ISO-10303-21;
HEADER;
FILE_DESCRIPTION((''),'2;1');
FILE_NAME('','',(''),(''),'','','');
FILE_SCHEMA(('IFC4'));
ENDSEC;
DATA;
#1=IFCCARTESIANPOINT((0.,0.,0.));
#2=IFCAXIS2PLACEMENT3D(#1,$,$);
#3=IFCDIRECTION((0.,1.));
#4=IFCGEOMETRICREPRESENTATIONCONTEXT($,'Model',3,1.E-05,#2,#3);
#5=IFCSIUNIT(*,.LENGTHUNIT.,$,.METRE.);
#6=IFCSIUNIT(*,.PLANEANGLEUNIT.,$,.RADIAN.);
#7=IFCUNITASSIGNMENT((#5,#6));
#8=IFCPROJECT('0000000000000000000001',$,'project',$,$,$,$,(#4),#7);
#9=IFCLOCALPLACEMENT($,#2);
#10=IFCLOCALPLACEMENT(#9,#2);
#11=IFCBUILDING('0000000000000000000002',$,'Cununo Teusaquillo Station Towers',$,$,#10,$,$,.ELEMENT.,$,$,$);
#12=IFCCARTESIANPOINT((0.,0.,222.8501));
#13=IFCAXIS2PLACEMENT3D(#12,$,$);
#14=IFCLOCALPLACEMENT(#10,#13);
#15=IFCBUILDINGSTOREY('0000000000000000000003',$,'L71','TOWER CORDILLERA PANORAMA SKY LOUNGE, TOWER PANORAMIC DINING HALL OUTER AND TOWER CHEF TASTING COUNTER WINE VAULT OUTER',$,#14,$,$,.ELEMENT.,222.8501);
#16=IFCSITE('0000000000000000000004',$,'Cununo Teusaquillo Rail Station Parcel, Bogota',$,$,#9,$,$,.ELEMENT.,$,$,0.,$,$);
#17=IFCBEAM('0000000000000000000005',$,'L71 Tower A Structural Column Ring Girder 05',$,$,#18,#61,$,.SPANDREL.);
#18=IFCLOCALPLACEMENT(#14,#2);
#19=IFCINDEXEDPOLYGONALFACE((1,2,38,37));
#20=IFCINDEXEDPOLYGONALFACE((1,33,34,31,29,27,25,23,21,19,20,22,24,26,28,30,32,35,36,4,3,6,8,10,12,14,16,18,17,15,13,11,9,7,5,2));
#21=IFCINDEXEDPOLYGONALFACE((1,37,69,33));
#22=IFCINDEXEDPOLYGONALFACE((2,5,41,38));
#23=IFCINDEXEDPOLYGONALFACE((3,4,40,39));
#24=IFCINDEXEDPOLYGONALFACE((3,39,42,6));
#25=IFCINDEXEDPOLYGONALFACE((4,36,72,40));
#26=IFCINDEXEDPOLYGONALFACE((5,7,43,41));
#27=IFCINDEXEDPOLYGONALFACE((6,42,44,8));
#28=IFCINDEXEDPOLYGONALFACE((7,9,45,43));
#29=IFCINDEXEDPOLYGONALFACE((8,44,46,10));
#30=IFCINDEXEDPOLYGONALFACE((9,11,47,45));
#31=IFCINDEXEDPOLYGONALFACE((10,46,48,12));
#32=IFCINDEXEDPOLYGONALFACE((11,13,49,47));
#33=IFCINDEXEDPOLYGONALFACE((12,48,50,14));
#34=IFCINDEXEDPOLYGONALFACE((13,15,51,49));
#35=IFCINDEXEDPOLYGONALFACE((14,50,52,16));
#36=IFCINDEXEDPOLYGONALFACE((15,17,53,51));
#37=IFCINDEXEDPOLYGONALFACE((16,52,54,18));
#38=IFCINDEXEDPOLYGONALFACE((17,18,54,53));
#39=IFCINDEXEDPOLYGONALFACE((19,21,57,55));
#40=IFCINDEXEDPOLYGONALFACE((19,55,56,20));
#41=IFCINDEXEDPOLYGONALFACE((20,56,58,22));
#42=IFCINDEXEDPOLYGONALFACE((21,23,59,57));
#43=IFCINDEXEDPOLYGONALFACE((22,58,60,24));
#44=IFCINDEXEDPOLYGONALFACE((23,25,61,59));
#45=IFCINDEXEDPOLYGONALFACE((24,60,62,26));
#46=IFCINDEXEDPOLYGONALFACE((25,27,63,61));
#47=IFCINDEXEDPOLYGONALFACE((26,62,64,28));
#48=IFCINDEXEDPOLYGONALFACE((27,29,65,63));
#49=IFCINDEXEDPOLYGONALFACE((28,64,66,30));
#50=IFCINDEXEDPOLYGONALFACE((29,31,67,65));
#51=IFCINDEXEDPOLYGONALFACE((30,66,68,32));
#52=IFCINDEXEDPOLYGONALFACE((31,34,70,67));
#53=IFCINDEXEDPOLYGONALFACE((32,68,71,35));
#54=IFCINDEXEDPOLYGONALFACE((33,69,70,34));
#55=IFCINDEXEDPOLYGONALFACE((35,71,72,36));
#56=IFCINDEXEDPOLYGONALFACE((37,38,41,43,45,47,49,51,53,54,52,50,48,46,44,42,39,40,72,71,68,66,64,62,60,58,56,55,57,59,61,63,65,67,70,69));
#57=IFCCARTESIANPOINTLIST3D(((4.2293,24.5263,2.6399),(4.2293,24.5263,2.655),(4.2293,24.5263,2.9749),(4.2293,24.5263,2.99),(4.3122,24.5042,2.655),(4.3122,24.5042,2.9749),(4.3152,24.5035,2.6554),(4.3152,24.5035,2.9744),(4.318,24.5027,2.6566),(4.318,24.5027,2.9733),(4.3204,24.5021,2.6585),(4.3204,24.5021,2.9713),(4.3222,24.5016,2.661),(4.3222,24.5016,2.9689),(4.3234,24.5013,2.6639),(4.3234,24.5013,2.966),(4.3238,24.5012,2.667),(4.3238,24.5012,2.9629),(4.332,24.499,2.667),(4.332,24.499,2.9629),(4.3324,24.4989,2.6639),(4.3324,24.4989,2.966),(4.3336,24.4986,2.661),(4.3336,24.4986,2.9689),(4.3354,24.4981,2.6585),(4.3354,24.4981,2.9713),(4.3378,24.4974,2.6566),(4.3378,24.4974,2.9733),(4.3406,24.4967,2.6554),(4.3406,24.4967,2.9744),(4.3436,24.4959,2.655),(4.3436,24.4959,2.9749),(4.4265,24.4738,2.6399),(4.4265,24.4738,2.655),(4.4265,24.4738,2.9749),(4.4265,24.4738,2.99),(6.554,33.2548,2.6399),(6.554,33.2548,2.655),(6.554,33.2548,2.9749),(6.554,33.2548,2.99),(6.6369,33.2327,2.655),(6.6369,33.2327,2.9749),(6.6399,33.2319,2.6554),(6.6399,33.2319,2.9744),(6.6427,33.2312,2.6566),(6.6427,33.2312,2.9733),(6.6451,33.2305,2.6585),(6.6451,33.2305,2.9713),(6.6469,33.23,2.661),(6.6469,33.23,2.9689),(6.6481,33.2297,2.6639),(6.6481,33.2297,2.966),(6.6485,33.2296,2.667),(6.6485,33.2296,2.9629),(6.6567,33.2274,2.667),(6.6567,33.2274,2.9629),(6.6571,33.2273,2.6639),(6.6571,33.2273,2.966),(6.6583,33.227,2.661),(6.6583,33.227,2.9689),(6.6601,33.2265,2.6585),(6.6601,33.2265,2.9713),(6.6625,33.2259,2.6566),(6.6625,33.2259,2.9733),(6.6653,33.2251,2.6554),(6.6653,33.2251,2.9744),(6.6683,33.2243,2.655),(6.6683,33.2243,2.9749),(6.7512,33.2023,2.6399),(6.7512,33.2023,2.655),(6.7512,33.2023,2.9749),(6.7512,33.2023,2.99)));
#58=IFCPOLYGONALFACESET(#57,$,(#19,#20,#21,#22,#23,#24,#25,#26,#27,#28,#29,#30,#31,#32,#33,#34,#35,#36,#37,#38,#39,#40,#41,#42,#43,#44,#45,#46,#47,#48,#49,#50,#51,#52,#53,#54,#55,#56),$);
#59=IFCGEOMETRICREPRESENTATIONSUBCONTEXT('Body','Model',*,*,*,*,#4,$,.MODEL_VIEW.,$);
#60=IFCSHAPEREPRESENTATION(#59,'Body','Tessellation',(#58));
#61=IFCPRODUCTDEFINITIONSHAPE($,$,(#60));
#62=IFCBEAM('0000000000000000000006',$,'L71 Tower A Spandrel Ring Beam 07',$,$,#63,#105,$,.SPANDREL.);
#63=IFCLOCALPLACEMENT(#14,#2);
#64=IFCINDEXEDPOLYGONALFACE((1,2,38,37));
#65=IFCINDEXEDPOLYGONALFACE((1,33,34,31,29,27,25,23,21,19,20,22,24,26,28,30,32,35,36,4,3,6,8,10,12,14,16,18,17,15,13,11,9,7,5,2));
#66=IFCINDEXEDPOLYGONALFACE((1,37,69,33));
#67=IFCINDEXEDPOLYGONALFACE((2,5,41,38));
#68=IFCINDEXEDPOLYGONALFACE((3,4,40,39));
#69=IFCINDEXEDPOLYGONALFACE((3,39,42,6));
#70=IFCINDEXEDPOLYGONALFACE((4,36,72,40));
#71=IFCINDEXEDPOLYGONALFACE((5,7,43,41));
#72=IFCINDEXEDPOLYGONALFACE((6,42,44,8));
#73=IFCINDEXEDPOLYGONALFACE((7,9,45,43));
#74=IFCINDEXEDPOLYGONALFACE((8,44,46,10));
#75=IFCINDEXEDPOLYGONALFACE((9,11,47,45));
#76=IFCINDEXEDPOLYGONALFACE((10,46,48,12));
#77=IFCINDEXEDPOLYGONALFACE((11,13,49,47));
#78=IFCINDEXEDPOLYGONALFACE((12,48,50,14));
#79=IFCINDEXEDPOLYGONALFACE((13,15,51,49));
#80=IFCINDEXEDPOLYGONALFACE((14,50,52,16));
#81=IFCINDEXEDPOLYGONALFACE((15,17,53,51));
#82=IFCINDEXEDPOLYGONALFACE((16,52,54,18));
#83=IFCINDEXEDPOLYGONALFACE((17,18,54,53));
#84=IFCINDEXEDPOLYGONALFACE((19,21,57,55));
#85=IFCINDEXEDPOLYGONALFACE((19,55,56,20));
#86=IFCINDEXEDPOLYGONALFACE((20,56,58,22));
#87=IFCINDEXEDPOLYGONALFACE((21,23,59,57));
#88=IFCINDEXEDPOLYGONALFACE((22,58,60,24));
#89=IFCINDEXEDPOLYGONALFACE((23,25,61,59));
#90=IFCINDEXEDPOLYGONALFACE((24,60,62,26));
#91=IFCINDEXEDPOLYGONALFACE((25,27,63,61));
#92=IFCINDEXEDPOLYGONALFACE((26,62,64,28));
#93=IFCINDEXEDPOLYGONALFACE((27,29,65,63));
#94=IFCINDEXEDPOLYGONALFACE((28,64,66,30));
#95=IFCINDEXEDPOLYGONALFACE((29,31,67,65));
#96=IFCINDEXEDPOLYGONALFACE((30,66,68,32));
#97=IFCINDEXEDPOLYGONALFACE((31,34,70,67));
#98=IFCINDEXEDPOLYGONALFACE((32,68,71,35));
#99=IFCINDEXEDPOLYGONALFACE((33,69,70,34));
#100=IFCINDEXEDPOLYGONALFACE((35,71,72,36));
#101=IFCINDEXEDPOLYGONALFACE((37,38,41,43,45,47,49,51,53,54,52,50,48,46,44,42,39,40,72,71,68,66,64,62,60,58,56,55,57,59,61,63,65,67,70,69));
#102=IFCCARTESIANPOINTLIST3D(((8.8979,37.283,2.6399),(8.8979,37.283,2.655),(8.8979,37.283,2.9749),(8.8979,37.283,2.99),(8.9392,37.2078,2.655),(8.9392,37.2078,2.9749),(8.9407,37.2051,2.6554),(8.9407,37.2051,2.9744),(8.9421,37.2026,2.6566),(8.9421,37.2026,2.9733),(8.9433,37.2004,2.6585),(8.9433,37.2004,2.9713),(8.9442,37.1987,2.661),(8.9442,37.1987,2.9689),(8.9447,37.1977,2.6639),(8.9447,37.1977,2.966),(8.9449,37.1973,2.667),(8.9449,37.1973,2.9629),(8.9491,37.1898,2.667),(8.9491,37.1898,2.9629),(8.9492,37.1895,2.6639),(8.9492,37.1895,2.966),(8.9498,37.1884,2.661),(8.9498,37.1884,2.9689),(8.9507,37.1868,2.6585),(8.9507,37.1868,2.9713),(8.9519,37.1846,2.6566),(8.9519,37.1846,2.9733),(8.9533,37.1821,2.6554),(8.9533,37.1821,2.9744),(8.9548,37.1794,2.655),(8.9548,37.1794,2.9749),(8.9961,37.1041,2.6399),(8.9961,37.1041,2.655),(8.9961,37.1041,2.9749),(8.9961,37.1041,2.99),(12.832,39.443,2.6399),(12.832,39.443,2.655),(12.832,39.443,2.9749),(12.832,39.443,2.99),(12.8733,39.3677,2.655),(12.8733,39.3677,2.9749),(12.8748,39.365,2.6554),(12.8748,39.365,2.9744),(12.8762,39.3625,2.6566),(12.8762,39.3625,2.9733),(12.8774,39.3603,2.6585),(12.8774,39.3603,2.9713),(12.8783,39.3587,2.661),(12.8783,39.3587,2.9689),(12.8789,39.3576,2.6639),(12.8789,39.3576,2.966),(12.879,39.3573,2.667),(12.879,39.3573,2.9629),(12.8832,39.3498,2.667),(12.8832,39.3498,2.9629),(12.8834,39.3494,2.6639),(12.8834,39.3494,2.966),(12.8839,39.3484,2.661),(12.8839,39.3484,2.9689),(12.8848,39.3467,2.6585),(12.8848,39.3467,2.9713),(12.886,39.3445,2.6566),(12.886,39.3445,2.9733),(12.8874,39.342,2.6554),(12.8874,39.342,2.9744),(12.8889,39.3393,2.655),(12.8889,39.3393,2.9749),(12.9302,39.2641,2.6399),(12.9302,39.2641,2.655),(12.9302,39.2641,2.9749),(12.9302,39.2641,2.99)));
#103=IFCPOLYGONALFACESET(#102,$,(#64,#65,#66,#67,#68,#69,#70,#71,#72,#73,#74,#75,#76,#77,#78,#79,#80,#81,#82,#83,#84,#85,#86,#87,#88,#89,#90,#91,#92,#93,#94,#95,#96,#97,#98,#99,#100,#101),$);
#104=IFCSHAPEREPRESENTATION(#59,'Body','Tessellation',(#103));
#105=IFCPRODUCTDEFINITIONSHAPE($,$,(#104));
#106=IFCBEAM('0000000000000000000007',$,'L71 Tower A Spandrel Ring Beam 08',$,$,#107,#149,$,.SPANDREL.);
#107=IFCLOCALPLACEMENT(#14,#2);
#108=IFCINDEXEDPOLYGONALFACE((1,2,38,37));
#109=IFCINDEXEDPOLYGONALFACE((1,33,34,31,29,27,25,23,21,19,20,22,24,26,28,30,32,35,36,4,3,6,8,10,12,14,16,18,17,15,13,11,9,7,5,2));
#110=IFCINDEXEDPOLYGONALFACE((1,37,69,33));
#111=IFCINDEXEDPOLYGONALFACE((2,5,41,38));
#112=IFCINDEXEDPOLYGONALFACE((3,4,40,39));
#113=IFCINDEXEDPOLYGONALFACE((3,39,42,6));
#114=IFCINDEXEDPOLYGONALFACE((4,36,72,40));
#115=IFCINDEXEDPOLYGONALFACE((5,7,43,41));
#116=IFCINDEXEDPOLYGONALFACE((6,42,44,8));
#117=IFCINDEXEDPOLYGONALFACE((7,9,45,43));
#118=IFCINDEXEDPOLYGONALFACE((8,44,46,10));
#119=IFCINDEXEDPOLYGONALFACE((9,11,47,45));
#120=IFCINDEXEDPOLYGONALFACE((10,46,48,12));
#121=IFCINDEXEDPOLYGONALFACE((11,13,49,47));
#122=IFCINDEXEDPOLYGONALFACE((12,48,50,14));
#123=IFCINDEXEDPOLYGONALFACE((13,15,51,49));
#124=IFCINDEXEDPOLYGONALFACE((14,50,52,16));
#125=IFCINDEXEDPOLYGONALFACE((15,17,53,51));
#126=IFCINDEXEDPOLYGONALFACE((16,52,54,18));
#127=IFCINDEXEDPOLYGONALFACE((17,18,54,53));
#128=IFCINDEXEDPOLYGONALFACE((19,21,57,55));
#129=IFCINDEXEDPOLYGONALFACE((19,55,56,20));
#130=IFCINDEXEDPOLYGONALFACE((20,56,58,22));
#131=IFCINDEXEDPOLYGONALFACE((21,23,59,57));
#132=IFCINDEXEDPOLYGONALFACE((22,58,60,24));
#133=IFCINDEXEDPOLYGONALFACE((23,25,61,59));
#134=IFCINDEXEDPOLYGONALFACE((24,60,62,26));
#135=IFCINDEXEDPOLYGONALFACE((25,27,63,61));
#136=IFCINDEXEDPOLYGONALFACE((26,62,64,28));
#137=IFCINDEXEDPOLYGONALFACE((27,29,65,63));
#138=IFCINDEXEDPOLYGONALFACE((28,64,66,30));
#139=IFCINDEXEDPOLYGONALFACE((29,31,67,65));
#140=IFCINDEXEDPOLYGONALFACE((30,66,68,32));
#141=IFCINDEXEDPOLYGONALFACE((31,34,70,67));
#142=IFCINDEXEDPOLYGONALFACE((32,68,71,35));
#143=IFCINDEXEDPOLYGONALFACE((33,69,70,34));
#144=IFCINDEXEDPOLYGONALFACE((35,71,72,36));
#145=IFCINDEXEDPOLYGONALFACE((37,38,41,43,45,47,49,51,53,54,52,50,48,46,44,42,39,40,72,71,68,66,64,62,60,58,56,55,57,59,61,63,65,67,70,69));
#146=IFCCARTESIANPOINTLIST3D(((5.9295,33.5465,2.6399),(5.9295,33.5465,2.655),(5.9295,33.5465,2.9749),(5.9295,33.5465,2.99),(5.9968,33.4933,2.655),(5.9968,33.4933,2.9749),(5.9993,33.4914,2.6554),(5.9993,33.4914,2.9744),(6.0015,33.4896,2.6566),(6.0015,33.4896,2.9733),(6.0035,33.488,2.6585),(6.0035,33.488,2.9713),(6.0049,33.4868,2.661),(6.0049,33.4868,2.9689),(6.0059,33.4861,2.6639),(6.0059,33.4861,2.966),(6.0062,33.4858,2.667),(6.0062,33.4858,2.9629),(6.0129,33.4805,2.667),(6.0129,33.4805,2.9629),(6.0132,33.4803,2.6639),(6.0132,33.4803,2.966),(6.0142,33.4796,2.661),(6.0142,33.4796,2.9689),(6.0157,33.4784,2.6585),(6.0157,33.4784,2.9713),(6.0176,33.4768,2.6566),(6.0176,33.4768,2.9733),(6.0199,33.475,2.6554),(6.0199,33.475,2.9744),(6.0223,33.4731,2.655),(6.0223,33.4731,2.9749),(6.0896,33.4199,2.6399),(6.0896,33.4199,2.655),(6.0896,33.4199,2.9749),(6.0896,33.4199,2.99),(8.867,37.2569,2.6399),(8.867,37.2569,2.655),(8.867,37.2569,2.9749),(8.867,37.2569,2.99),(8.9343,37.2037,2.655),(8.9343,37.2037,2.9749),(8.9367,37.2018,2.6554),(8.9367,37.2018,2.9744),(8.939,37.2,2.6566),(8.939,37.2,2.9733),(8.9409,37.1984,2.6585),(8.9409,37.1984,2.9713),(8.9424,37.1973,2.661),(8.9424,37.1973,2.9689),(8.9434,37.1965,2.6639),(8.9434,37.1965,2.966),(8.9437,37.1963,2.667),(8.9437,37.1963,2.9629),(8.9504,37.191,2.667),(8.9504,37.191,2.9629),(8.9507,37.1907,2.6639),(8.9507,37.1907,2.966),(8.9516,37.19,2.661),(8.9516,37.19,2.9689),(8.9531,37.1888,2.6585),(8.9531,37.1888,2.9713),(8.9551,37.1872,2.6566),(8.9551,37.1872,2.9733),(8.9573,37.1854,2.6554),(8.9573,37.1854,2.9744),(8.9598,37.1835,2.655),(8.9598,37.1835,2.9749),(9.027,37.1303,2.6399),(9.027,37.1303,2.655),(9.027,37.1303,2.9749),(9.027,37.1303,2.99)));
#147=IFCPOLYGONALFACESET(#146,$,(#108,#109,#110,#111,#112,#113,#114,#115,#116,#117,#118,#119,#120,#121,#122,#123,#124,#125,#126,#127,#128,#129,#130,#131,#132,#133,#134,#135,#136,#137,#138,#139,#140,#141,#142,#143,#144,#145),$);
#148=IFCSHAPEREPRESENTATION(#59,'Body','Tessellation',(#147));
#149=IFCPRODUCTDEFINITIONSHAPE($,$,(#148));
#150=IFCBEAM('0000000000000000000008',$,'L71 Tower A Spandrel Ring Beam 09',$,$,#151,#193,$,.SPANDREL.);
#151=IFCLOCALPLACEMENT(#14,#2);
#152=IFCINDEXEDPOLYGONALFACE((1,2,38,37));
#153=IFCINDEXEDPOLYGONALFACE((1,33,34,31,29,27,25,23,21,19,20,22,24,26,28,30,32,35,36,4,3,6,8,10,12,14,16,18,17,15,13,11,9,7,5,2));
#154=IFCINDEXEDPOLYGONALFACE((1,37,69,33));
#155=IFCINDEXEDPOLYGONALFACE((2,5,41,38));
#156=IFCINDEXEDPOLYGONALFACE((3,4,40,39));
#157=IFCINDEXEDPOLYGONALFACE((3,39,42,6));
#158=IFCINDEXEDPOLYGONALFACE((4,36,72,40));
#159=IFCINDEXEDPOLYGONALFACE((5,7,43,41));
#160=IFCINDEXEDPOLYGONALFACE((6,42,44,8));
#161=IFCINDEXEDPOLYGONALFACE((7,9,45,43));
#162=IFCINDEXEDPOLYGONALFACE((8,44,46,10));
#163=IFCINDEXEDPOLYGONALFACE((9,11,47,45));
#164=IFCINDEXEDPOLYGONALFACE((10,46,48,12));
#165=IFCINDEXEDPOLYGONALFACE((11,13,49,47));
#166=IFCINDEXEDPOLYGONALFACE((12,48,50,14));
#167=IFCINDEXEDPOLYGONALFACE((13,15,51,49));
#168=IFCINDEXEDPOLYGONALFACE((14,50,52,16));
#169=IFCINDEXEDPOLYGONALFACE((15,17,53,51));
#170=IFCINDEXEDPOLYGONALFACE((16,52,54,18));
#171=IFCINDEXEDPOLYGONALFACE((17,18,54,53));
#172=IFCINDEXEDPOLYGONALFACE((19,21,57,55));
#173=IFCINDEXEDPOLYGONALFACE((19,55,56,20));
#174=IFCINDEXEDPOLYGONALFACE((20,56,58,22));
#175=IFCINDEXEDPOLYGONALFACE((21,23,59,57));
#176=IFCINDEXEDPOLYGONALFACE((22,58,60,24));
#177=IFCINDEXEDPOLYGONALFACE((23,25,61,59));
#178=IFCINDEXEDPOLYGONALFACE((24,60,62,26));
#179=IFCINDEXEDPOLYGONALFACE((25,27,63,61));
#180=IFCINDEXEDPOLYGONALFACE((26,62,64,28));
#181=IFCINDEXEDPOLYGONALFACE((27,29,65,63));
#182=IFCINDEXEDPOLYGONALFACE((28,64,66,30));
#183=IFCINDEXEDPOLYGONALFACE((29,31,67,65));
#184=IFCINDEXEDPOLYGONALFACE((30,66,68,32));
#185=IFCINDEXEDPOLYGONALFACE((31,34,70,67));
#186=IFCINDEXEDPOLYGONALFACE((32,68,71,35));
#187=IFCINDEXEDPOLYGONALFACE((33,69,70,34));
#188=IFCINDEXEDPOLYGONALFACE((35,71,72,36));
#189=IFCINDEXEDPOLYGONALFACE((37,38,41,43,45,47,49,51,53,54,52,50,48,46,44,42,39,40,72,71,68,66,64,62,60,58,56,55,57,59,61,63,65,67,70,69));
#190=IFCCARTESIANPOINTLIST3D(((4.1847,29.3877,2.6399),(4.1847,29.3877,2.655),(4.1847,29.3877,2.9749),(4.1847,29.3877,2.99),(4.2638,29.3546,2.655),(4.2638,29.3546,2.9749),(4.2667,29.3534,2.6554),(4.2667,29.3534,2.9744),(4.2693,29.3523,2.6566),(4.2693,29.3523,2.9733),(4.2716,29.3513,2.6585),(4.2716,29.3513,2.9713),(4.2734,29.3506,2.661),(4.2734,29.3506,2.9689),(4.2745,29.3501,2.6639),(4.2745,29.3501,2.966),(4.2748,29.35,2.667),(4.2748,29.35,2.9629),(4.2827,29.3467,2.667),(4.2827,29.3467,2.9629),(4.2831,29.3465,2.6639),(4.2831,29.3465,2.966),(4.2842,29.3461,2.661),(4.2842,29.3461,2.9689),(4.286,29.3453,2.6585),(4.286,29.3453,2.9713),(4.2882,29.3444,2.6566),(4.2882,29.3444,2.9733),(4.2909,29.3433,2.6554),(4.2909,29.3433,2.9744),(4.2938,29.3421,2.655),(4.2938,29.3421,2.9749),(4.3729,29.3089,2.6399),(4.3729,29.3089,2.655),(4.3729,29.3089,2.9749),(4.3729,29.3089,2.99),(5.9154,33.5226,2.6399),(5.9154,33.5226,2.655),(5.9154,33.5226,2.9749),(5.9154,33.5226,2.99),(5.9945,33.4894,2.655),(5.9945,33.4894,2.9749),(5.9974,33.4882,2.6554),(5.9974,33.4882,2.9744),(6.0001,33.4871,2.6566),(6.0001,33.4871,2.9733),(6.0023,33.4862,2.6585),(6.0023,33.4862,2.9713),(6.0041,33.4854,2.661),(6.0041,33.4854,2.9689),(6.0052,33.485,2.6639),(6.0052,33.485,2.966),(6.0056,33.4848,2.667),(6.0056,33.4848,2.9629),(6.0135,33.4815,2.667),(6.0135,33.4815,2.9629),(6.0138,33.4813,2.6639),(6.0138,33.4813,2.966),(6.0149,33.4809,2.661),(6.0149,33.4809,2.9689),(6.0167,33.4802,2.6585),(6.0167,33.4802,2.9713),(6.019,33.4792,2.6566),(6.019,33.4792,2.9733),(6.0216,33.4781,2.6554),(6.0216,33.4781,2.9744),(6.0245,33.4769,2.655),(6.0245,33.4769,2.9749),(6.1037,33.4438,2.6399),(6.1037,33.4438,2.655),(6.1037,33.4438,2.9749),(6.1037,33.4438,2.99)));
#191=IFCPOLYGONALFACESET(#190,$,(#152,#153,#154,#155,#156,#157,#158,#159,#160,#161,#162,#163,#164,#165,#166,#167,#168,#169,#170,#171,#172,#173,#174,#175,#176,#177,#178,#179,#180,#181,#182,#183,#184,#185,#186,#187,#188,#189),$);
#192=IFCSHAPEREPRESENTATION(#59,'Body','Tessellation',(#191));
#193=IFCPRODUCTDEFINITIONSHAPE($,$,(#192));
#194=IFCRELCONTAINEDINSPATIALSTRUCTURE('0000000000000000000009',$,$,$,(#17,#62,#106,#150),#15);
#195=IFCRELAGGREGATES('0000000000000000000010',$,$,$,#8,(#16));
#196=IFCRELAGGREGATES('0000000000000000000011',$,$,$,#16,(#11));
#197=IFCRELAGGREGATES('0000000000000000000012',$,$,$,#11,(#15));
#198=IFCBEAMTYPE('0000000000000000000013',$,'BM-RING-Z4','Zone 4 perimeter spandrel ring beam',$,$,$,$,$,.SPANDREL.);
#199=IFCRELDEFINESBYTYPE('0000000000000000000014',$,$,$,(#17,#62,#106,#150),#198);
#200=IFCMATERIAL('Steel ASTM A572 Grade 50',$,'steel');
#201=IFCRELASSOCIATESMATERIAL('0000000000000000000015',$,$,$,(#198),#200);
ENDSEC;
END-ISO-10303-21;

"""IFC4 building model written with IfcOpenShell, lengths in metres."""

from ifc_helpers import new_model, si_unit, direction, frame, origin, origin_2d, place, context, subcontext, project, spatial, i_section, extrude, material, material_profile, profile_set, type_object, element, save


model = new_model("IFC4")

# Units and contexts
model_context = context("Model", 3, precision=1e-05, world=origin(), true_north=direction((0.0, 1.0)))
body_context = subcontext(model_context, "Body", "Model", "MODEL_VIEW")
ifc_project = project(units=[si_unit("LENGTHUNIT", "METRE"), si_unit("PLANEANGLEUNIT", "RADIAN")], contexts=[model_context])

# Site, building, storey
site_placement = place(None, origin())
site = spatial("IfcSite", under=ifc_project, at=site_placement, Name="Cununo Teusaquillo Rail Station Parcel, Bogota", CompositionType="ELEMENT", RefElevation=0.0)
building_placement = place(site_placement, origin())
building = spatial("IfcBuilding", under=site, at=building_placement, Name="Cununo Teusaquillo Station Towers", CompositionType="ELEMENT")
storey_placement = place(building_placement, frame((0.0, 0.0, 222.8501)))
storey = spatial("IfcBuildingStorey", under=building, at=storey_placement, Name="L71", Description="TOWER CORDILLERA PANORAMA SKY LOUNGE, TOWER PANORAMIC DINING HALL OUTER AND TOWER CHEF TASTING COUNTER WINE VAULT OUTER", CompositionType="ELEMENT", Elevation=222.8501)

# Beams
ifc_material_1 = material(Name="Steel ASTM A572 Grade 50", Category="steel")
ifc_material_profile_1 = material_profile(ifc_material_1, i_section(OverallWidth=0.2041, OverallDepth=0.3501, WebThickness=0.0085, FlangeThickness=0.0151, FilletRadius=0.012, at=origin_2d()), Name="W14X48")
ifc_profile_set_1 = profile_set([ifc_material_profile_1], Name="Steel ASTM A572 Grade 50")
beam_type_1 = type_object("IfcBeamType", Name="BM-RING-Z4", Description="Zone 4 perimeter spandrel ring beam", PredefinedType="SPANDREL", material=ifc_profile_set_1)
beam_1_placement = place(storey_placement, frame((6.6526, 33.2285, 2.8149), z_axis=(-0.257363, -0.966315, 0.0), x_axis=(0.966315, -0.257363, 0.0)))
element("IfcBeam", 1, at=beam_1_placement, inside=storey, type_object=beam_type_1, Name="L71 Tower A Structural Column Ring Girder 05", PredefinedType="SPANDREL", context=body_context, shape_type="SweptSolid", body=[
    extrude(i_section(OverallWidth=0.2041, OverallDepth=0.3501, WebThickness=0.0085, FlangeThickness=0.0151, FilletRadius=0.012, at=origin_2d()), origin(), (0.0, 0.0, 1.0), 9.0327),
])
beam_2_placement = place(storey_placement, frame((12.8811, 39.3535, 2.8149), z_axis=(-0.876576, -0.481263, 0.0), x_axis=(0.481263, -0.876576, 0.0)))
element("IfcBeam", 2, at=beam_2_placement, inside=storey, type_object=beam_type_1, Name="L71 Tower A Spandrel Ring Beam 07", PredefinedType="SPANDREL", context=body_context, shape_type="SweptSolid", body=[
    extrude(i_section(OverallWidth=0.2041, OverallDepth=0.3501, WebThickness=0.0085, FlangeThickness=0.0151, FilletRadius=0.012, at=origin_2d()), origin(), (0.0, 0.0, 1.0), 4.488),
])
beam_3_placement = place(storey_placement, frame((8.947, 37.1936, 2.8149), z_axis=(-0.620711, -0.78404, 0.0), x_axis=(0.78404, -0.620711, 0.0)))
element("IfcBeam", 3, at=beam_3_placement, inside=storey, type_object=beam_type_1, Name="L71 Tower A Spandrel Ring Beam 08", PredefinedType="SPANDREL", context=body_context, shape_type="SweptSolid", body=[
    extrude(i_section(OverallWidth=0.2041, OverallDepth=0.3501, WebThickness=0.0085, FlangeThickness=0.0151, FilletRadius=0.012, at=origin_2d()), origin(), (0.0, 0.0, 1.0), 4.7324),
])
beam_4_placement = place(storey_placement, frame((6.0095, 33.4832, 2.8149), z_axis=(-0.386115, -0.92245, 0.0), x_axis=(0.92245, -0.386115, 0.0)))
element("IfcBeam", 4, at=beam_4_placement, inside=storey, type_object=beam_type_1, Name="L71 Tower A Spandrel Ring Beam 09", PredefinedType="SPANDREL", context=body_context, shape_type="SweptSolid", body=[
    extrude(i_section(OverallWidth=0.2041, OverallDepth=0.3501, WebThickness=0.0085, FlangeThickness=0.0151, FilletRadius=0.012, at=origin_2d()), origin(), (0.0, 0.0, 1.0), 4.4824),
])

save(model, "model.ifc")
